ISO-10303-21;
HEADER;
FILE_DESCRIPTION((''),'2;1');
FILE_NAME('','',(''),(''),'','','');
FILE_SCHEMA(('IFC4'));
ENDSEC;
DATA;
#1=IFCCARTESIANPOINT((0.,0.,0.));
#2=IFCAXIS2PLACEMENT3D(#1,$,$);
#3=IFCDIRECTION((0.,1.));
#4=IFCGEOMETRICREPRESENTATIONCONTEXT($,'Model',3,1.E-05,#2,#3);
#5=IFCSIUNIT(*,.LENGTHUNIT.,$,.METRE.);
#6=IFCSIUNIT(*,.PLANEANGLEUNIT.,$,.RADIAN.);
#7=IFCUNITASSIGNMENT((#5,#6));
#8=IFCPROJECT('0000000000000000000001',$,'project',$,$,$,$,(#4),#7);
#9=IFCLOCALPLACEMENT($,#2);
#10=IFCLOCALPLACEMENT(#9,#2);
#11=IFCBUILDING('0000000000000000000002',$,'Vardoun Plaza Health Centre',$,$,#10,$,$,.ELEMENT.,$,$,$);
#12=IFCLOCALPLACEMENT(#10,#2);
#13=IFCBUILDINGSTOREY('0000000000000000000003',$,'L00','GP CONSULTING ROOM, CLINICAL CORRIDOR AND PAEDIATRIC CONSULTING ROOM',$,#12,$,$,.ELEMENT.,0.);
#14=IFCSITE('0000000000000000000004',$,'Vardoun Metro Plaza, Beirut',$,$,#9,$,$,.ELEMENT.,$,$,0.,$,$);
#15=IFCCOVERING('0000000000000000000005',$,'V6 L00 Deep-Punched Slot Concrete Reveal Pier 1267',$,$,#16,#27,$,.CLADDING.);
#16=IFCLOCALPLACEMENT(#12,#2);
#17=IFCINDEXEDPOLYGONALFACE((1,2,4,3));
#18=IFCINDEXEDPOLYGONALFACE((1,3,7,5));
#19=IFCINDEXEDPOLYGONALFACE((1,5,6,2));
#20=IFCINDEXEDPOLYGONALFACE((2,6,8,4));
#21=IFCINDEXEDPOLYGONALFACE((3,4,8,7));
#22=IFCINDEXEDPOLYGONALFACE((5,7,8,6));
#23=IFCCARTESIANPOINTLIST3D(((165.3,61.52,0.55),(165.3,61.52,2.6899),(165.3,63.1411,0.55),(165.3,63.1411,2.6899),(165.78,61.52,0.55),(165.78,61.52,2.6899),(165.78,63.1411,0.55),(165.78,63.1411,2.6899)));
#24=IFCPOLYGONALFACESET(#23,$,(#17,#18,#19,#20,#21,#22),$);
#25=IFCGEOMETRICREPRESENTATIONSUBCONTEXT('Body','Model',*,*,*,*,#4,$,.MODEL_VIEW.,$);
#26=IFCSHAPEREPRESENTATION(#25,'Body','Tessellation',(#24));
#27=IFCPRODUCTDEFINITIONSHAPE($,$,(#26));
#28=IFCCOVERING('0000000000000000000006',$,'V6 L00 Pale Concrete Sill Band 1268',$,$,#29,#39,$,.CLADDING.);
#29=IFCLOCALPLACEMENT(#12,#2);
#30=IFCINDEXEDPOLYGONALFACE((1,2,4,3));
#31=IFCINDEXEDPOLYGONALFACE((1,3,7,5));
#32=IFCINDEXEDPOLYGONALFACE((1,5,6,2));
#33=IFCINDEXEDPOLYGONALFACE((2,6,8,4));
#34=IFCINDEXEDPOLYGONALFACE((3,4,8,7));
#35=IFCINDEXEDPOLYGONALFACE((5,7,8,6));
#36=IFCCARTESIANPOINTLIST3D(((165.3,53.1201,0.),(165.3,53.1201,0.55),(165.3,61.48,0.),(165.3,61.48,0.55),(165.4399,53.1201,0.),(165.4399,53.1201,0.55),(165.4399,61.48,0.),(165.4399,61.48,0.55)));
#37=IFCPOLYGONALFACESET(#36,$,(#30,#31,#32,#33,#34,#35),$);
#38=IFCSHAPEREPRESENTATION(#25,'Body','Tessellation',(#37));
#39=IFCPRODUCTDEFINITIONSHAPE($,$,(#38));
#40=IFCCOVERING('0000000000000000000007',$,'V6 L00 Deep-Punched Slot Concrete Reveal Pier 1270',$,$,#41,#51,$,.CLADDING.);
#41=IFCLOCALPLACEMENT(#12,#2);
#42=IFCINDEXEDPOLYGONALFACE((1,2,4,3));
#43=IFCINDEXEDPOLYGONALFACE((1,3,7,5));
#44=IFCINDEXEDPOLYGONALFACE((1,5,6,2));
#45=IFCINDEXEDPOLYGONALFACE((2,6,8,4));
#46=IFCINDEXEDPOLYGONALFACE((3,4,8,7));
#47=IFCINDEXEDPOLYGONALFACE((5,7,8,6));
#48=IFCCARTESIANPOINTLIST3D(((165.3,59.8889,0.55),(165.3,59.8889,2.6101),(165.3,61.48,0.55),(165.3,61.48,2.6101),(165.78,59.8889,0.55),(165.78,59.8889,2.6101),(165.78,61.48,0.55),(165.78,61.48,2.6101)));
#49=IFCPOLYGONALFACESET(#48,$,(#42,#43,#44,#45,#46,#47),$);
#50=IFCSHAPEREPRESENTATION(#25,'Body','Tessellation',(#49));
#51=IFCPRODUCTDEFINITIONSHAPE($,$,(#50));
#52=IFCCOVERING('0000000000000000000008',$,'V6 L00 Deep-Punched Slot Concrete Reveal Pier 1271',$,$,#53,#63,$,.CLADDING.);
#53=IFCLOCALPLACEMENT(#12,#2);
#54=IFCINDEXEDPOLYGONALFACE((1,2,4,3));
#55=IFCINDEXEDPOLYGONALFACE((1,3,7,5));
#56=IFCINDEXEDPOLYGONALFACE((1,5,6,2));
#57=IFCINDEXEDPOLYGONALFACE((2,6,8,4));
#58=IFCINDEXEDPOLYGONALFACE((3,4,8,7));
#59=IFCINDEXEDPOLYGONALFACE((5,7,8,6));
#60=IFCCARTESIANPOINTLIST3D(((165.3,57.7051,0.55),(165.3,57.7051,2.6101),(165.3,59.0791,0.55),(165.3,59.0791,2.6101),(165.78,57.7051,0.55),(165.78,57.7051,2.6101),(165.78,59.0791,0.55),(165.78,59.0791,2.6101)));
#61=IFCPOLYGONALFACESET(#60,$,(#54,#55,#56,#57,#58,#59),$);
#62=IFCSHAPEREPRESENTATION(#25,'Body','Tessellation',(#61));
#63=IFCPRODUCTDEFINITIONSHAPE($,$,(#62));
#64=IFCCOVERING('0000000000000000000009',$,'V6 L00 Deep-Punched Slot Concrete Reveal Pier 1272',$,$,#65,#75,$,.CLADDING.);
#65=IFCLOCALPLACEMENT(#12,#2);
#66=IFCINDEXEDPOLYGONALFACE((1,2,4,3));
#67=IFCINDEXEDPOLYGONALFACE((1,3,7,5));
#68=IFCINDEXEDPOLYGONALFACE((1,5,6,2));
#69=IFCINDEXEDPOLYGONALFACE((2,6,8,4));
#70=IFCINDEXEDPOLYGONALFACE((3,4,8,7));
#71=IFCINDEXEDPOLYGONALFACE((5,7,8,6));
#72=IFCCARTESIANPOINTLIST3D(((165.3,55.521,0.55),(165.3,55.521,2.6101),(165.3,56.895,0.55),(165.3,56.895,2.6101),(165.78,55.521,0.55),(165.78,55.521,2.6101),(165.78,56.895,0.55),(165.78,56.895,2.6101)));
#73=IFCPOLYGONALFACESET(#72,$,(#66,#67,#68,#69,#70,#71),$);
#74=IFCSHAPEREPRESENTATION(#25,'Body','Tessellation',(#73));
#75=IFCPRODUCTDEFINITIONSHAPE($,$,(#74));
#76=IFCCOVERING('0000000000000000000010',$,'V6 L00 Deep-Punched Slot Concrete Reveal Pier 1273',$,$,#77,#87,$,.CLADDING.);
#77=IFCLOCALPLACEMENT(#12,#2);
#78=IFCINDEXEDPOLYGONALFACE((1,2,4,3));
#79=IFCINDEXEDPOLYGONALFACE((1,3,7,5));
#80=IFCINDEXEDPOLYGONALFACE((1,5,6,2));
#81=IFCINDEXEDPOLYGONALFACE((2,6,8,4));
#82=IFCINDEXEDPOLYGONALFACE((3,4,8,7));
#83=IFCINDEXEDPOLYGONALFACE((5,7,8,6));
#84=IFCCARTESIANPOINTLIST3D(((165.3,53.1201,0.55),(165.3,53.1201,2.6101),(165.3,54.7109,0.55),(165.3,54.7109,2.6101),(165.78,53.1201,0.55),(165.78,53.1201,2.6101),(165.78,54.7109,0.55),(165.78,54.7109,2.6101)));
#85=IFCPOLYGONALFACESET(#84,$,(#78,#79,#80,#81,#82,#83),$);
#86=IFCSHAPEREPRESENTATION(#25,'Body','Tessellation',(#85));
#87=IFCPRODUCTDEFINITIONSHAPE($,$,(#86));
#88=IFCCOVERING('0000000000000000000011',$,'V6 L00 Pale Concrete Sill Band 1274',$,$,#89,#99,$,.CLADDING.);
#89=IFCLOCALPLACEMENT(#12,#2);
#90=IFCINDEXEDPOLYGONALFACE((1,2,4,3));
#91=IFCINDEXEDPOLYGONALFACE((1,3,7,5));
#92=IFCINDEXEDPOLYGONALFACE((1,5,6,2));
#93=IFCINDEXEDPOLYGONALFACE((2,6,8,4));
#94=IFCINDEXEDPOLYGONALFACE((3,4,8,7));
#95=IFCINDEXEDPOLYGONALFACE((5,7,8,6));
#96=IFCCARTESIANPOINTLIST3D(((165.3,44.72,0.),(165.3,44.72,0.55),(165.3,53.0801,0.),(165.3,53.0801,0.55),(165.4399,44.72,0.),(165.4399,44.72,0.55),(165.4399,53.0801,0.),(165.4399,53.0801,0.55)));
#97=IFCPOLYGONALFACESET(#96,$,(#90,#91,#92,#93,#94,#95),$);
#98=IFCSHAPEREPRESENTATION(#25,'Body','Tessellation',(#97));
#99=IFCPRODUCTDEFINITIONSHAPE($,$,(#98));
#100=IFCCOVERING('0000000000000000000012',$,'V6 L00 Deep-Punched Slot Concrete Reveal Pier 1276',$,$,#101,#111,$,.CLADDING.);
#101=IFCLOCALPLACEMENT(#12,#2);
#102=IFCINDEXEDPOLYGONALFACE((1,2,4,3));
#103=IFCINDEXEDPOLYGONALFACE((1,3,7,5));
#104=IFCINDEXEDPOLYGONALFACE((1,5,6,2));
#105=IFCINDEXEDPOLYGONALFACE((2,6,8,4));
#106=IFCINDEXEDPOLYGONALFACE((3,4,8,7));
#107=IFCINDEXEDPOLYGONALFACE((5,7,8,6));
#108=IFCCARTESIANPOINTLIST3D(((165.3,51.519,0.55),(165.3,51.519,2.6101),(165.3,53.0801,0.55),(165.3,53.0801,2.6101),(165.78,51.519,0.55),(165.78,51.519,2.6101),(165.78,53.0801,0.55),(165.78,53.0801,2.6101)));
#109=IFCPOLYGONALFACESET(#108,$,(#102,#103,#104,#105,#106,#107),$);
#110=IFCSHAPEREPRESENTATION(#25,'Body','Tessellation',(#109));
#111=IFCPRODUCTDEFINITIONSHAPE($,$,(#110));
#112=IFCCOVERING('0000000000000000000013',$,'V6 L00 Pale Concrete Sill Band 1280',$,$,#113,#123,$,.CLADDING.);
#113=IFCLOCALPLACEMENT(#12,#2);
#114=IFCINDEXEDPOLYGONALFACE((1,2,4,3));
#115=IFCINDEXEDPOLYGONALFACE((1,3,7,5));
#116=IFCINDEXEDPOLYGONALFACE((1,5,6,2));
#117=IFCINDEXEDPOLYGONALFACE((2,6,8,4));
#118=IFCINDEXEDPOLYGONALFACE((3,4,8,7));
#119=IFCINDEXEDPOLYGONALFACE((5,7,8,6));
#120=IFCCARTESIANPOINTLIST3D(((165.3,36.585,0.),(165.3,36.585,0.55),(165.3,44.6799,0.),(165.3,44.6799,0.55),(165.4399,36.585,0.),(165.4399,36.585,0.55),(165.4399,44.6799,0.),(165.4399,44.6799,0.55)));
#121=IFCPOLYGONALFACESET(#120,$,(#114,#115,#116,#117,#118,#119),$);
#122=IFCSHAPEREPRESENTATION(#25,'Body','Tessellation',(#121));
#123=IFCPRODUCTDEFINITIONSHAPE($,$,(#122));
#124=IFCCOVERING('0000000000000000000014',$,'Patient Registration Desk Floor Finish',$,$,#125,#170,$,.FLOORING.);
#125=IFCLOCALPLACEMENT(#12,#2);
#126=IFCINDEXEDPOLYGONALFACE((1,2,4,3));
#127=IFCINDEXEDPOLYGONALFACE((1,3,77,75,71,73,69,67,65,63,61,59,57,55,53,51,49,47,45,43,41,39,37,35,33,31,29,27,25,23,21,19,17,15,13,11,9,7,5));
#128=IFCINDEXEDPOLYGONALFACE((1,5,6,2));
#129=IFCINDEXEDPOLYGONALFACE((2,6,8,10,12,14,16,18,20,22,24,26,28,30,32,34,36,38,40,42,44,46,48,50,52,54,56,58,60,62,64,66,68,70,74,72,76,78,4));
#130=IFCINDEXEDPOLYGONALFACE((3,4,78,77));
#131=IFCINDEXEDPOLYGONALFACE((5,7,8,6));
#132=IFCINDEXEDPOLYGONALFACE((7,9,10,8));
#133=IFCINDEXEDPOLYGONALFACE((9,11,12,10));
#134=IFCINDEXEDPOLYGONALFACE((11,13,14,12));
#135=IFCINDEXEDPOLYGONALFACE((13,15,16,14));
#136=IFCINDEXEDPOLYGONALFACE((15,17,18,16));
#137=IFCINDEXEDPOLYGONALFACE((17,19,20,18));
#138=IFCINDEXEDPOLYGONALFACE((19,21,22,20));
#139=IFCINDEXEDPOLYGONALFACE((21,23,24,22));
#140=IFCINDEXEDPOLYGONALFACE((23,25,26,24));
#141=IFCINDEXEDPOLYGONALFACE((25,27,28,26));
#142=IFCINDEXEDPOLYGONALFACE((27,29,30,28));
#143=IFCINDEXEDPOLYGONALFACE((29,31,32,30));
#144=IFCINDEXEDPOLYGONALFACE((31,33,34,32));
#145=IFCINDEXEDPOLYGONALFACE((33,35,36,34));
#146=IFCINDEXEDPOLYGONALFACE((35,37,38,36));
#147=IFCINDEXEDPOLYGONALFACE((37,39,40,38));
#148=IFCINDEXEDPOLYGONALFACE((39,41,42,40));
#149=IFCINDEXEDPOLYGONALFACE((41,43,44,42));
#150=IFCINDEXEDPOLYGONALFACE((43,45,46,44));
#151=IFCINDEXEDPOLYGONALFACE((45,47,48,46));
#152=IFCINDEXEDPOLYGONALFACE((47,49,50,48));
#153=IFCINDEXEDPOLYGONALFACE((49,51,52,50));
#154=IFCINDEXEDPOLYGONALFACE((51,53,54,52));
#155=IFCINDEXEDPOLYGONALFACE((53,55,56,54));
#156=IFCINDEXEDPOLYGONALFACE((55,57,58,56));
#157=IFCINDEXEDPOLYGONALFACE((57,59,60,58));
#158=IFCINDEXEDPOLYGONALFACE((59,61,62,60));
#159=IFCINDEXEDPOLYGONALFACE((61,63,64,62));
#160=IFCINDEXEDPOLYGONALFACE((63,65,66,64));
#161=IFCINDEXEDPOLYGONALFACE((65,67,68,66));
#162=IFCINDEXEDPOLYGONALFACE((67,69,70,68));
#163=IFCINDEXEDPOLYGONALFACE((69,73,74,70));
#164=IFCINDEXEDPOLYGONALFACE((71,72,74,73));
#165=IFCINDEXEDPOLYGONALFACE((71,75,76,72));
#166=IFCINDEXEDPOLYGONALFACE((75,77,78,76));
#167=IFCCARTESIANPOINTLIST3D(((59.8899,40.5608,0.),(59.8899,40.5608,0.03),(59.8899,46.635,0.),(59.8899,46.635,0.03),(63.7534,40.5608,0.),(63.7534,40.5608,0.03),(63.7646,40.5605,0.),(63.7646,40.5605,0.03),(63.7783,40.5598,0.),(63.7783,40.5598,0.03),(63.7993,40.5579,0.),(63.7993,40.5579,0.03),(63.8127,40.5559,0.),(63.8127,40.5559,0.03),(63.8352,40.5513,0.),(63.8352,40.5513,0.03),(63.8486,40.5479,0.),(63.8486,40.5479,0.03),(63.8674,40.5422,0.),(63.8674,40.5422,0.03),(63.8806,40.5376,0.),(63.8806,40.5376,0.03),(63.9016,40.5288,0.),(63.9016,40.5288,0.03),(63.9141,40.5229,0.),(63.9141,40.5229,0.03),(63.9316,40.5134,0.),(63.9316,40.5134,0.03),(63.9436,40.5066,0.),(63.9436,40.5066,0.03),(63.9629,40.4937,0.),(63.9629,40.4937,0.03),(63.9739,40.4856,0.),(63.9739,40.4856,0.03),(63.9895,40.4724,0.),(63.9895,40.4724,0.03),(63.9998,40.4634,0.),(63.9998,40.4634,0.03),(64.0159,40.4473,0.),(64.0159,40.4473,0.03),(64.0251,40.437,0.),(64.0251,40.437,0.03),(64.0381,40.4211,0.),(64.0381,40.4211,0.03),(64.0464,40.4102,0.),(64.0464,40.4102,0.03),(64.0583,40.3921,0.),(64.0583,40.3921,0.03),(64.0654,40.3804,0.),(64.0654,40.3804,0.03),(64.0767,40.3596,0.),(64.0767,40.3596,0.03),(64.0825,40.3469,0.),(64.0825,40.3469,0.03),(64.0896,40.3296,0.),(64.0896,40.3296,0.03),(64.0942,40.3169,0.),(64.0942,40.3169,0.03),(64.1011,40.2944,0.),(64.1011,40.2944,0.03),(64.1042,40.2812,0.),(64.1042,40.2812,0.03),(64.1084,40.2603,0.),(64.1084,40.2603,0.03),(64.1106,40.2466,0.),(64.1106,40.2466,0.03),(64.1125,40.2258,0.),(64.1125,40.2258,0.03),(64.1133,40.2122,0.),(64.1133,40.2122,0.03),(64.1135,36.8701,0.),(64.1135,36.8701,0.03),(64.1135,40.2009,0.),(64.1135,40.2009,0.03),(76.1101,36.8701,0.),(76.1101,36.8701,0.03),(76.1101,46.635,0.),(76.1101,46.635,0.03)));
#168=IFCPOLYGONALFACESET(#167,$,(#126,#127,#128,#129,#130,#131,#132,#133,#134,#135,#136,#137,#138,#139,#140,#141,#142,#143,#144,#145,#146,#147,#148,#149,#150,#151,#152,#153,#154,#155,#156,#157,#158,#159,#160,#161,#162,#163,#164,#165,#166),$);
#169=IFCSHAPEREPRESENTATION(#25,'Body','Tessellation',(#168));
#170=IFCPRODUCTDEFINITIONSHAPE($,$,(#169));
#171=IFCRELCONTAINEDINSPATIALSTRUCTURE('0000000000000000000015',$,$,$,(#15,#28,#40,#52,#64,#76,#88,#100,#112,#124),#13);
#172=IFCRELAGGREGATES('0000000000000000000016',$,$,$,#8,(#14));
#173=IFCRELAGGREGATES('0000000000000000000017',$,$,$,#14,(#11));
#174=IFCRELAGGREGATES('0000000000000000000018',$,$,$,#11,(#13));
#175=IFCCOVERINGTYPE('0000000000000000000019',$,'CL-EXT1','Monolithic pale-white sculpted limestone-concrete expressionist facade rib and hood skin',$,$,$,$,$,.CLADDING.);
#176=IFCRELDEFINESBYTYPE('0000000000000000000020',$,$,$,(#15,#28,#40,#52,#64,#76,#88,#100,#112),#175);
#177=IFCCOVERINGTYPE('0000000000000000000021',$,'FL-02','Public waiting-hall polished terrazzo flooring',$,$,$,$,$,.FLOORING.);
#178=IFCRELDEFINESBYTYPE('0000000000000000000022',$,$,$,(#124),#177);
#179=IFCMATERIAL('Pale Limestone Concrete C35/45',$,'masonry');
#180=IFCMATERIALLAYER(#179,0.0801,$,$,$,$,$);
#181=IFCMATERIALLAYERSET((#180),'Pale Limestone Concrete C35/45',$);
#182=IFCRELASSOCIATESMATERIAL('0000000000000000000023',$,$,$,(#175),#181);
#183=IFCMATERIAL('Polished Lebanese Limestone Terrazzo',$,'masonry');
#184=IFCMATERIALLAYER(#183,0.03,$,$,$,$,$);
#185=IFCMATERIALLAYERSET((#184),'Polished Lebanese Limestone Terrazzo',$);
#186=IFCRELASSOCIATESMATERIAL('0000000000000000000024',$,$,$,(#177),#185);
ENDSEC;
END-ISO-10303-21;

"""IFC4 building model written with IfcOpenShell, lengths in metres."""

from ifc_helpers import new_model, si_unit, direction, frame, origin, place, context, subcontext, project, spatial, polyline, outline, extrude, material, layer, layer_set, type_object, element, save


model = new_model("IFC4")

# Units and contexts
model_context = context("Model", 3, precision=1e-05, world=origin(), true_north=direction((0.0, 1.0)))
body_context = subcontext(model_context, "Body", "Model", "MODEL_VIEW")
ifc_project = project(units=[si_unit("LENGTHUNIT", "METRE"), si_unit("PLANEANGLEUNIT", "RADIAN")], contexts=[model_context])

# Site, building, storey
site_placement = place(None, origin())
site = spatial("IfcSite", under=ifc_project, at=site_placement, Name="Vardoun Metro Plaza, Beirut", CompositionType="ELEMENT", RefElevation=0.0)
building_placement = place(site_placement, origin())
building = spatial("IfcBuilding", under=site, at=building_placement, Name="Vardoun Plaza Health Centre", CompositionType="ELEMENT")
storey_placement = place(building_placement, origin())
storey = spatial("IfcBuildingStorey", under=building, at=storey_placement, Name="L00", Description="GP CONSULTING ROOM, CLINICAL CORRIDOR AND PAEDIATRIC CONSULTING ROOM", CompositionType="ELEMENT", Elevation=0.0)

# Coverings
ifc_material_1 = material(Name="Pale Limestone Concrete C35/45", Category="masonry")
ifc_layer_1 = layer(ifc_material_1, 0.0801)
ifc_layer_set_1 = layer_set([ifc_layer_1], Name="Pale Limestone Concrete C35/45")
covering_type_1 = type_object("IfcCoveringType", Name="CL-EXT1", Description="Monolithic pale-white sculpted limestone-concrete expressionist facade rib and hood skin", PredefinedType="CLADDING", material=ifc_layer_set_1)
covering_1_placement = place(storey_placement, frame((0.0, 0.0, 0.55)))
element("IfcCovering", 1, at=covering_1_placement, inside=storey, type_object=covering_type_1, Name="V6 L00 Deep-Punched Slot Concrete Reveal Pier 1267", PredefinedType="CLADDING", context=body_context, shape_type="SweptSolid", body=[
    extrude(outline(polyline([(165.3, 63.1411), (165.3, 61.52), (165.78, 61.52), (165.78, 63.1411), (165.3, 63.1411)])), origin(), (0.0, 0.0, 1.0), 2.1399),
])
covering_2_placement = place(storey_placement, origin())
element("IfcCovering", 2, at=covering_2_placement, inside=storey, type_object=covering_type_1, Name="V6 L00 Pale Concrete Sill Band 1268", PredefinedType="CLADDING", context=body_context, shape_type="SweptSolid", body=[
    extrude(outline(polyline([(165.3, 61.48), (165.3, 53.1201), (165.4399, 53.1201), (165.4399, 61.48), (165.3, 61.48)])), origin(), (0.0, 0.0, 1.0), 0.55),
])
covering_3_placement = place(storey_placement, frame((0.0, 0.0, 0.55)))
element("IfcCovering", 3, at=covering_3_placement, inside=storey, type_object=covering_type_1, Name="V6 L00 Deep-Punched Slot Concrete Reveal Pier 1270", PredefinedType="CLADDING", context=body_context, shape_type="SweptSolid", body=[
    extrude(outline(polyline([(165.3, 61.48), (165.3, 59.8889), (165.78, 59.8889), (165.78, 61.48), (165.3, 61.48)])), origin(), (0.0, 0.0, 1.0), 2.0601),
])
covering_4_placement = place(storey_placement, frame((0.0, 0.0, 0.55)))
element("IfcCovering", 4, at=covering_4_placement, inside=storey, type_object=covering_type_1, Name="V6 L00 Deep-Punched Slot Concrete Reveal Pier 1271", PredefinedType="CLADDING", context=body_context, shape_type="SweptSolid", body=[
    extrude(outline(polyline([(165.3, 59.0791), (165.3, 57.7051), (165.78, 57.7051), (165.78, 59.0791), (165.3, 59.0791)])), origin(), (0.0, 0.0, 1.0), 2.0601),
])
covering_5_placement = place(storey_placement, frame((0.0, 0.0, 0.55)))
element("IfcCovering", 5, at=covering_5_placement, inside=storey, type_object=covering_type_1, Name="V6 L00 Deep-Punched Slot Concrete Reveal Pier 1272", PredefinedType="CLADDING", context=body_context, shape_type="SweptSolid", body=[
    extrude(outline(polyline([(165.3, 56.895), (165.3, 55.521), (165.78, 55.521), (165.78, 56.895), (165.3, 56.895)])), origin(), (0.0, 0.0, 1.0), 2.0601),
])
covering_6_placement = place(storey_placement, frame((0.0, 0.0, 0.55)))
element("IfcCovering", 6, at=covering_6_placement, inside=storey, type_object=covering_type_1, Name="V6 L00 Deep-Punched Slot Concrete Reveal Pier 1273", PredefinedType="CLADDING", context=body_context, shape_type="SweptSolid", body=[
    extrude(outline(polyline([(165.3, 54.7109), (165.3, 53.1201), (165.78, 53.1201), (165.78, 54.7109), (165.3, 54.7109)])), origin(), (0.0, 0.0, 1.0), 2.0601),
])
covering_7_placement = place(storey_placement, origin())
element("IfcCovering", 7, at=covering_7_placement, inside=storey, type_object=covering_type_1, Name="V6 L00 Pale Concrete Sill Band 1274", PredefinedType="CLADDING", context=body_context, shape_type="SweptSolid", body=[
    extrude(outline(polyline([(165.3, 53.0801), (165.3, 44.72), (165.4399, 44.72), (165.4399, 53.0801), (165.3, 53.0801)])), origin(), (0.0, 0.0, 1.0), 0.55),
])
covering_8_placement = place(storey_placement, frame((0.0, 0.0, 0.55)))
element("IfcCovering", 8, at=covering_8_placement, inside=storey, type_object=covering_type_1, Name="V6 L00 Deep-Punched Slot Concrete Reveal Pier 1276", PredefinedType="CLADDING", context=body_context, shape_type="SweptSolid", body=[
    extrude(outline(polyline([(165.3, 53.0801), (165.3, 51.519), (165.78, 51.519), (165.78, 53.0801), (165.3, 53.0801)])), origin(), (0.0, 0.0, 1.0), 2.0601),
])
covering_9_placement = place(storey_placement, origin())
element("IfcCovering", 9, at=covering_9_placement, inside=storey, type_object=covering_type_1, Name="V6 L00 Pale Concrete Sill Band 1280", PredefinedType="CLADDING", context=body_context, shape_type="SweptSolid", body=[
    extrude(outline(polyline([(165.3, 44.6799), (165.3, 36.585), (165.4399, 36.585), (165.4399, 44.6799), (165.3, 44.6799)])), origin(), (0.0, 0.0, 1.0), 0.55),
])
ifc_material_2 = material(Name="Polished Lebanese Limestone Terrazzo", Category="masonry")
ifc_layer_2 = layer(ifc_material_2, 0.03)
ifc_layer_set_2 = layer_set([ifc_layer_2], Name="Polished Lebanese Limestone Terrazzo")
covering_type_2 = type_object("IfcCoveringType", Name="FL-02", Description="Public waiting-hall polished terrazzo flooring", PredefinedType="FLOORING", material=ifc_layer_set_2)
covering_10_placement = place(storey_placement, origin())
element("IfcCovering", 10, at=covering_10_placement, inside=storey, type_object=covering_type_2, Name="Patient Registration Desk Floor Finish", PredefinedType="FLOORING", context=body_context, shape_type="SweptSolid", body=[
    extrude(outline(polyline([(59.8899, 46.635), (76.1101, 46.635), (76.1101, 36.8701), (64.1135, 36.8701), (64.1135, 40.2009), (64.1133, 40.2122), (64.1125, 40.2258), (64.1106, 40.2466), (64.1084, 40.2603), (64.1042, 40.2812), (64.1011, 40.2944), (64.0942, 40.3169), (64.0896, 40.3296), (64.0825, 40.3469), (64.0767, 40.3596), (64.0654, 40.3804), (64.0583, 40.3921), (64.0464, 40.4102), (64.0381, 40.4211), (64.0251, 40.437), (64.0159, 40.4473), (63.9998, 40.4634), (63.9895, 40.4724), (63.9739, 40.4856), (63.9629, 40.4937), (63.9436, 40.5066), (63.9316, 40.5134), (63.9141, 40.5229), (63.9016, 40.5288), (63.8806, 40.5376), (63.8674, 40.5422), (63.8486, 40.5479), (63.8352, 40.5513), (63.8127, 40.5559), (63.7993, 40.5579), (63.7783, 40.5598), (63.7646, 40.5605), (63.7534, 40.5608), (59.8899, 40.5608), (59.8899, 46.635)])), origin(), (0.0, 0.0, 1.0), 0.03),
])

save(model, "model.ifc")
